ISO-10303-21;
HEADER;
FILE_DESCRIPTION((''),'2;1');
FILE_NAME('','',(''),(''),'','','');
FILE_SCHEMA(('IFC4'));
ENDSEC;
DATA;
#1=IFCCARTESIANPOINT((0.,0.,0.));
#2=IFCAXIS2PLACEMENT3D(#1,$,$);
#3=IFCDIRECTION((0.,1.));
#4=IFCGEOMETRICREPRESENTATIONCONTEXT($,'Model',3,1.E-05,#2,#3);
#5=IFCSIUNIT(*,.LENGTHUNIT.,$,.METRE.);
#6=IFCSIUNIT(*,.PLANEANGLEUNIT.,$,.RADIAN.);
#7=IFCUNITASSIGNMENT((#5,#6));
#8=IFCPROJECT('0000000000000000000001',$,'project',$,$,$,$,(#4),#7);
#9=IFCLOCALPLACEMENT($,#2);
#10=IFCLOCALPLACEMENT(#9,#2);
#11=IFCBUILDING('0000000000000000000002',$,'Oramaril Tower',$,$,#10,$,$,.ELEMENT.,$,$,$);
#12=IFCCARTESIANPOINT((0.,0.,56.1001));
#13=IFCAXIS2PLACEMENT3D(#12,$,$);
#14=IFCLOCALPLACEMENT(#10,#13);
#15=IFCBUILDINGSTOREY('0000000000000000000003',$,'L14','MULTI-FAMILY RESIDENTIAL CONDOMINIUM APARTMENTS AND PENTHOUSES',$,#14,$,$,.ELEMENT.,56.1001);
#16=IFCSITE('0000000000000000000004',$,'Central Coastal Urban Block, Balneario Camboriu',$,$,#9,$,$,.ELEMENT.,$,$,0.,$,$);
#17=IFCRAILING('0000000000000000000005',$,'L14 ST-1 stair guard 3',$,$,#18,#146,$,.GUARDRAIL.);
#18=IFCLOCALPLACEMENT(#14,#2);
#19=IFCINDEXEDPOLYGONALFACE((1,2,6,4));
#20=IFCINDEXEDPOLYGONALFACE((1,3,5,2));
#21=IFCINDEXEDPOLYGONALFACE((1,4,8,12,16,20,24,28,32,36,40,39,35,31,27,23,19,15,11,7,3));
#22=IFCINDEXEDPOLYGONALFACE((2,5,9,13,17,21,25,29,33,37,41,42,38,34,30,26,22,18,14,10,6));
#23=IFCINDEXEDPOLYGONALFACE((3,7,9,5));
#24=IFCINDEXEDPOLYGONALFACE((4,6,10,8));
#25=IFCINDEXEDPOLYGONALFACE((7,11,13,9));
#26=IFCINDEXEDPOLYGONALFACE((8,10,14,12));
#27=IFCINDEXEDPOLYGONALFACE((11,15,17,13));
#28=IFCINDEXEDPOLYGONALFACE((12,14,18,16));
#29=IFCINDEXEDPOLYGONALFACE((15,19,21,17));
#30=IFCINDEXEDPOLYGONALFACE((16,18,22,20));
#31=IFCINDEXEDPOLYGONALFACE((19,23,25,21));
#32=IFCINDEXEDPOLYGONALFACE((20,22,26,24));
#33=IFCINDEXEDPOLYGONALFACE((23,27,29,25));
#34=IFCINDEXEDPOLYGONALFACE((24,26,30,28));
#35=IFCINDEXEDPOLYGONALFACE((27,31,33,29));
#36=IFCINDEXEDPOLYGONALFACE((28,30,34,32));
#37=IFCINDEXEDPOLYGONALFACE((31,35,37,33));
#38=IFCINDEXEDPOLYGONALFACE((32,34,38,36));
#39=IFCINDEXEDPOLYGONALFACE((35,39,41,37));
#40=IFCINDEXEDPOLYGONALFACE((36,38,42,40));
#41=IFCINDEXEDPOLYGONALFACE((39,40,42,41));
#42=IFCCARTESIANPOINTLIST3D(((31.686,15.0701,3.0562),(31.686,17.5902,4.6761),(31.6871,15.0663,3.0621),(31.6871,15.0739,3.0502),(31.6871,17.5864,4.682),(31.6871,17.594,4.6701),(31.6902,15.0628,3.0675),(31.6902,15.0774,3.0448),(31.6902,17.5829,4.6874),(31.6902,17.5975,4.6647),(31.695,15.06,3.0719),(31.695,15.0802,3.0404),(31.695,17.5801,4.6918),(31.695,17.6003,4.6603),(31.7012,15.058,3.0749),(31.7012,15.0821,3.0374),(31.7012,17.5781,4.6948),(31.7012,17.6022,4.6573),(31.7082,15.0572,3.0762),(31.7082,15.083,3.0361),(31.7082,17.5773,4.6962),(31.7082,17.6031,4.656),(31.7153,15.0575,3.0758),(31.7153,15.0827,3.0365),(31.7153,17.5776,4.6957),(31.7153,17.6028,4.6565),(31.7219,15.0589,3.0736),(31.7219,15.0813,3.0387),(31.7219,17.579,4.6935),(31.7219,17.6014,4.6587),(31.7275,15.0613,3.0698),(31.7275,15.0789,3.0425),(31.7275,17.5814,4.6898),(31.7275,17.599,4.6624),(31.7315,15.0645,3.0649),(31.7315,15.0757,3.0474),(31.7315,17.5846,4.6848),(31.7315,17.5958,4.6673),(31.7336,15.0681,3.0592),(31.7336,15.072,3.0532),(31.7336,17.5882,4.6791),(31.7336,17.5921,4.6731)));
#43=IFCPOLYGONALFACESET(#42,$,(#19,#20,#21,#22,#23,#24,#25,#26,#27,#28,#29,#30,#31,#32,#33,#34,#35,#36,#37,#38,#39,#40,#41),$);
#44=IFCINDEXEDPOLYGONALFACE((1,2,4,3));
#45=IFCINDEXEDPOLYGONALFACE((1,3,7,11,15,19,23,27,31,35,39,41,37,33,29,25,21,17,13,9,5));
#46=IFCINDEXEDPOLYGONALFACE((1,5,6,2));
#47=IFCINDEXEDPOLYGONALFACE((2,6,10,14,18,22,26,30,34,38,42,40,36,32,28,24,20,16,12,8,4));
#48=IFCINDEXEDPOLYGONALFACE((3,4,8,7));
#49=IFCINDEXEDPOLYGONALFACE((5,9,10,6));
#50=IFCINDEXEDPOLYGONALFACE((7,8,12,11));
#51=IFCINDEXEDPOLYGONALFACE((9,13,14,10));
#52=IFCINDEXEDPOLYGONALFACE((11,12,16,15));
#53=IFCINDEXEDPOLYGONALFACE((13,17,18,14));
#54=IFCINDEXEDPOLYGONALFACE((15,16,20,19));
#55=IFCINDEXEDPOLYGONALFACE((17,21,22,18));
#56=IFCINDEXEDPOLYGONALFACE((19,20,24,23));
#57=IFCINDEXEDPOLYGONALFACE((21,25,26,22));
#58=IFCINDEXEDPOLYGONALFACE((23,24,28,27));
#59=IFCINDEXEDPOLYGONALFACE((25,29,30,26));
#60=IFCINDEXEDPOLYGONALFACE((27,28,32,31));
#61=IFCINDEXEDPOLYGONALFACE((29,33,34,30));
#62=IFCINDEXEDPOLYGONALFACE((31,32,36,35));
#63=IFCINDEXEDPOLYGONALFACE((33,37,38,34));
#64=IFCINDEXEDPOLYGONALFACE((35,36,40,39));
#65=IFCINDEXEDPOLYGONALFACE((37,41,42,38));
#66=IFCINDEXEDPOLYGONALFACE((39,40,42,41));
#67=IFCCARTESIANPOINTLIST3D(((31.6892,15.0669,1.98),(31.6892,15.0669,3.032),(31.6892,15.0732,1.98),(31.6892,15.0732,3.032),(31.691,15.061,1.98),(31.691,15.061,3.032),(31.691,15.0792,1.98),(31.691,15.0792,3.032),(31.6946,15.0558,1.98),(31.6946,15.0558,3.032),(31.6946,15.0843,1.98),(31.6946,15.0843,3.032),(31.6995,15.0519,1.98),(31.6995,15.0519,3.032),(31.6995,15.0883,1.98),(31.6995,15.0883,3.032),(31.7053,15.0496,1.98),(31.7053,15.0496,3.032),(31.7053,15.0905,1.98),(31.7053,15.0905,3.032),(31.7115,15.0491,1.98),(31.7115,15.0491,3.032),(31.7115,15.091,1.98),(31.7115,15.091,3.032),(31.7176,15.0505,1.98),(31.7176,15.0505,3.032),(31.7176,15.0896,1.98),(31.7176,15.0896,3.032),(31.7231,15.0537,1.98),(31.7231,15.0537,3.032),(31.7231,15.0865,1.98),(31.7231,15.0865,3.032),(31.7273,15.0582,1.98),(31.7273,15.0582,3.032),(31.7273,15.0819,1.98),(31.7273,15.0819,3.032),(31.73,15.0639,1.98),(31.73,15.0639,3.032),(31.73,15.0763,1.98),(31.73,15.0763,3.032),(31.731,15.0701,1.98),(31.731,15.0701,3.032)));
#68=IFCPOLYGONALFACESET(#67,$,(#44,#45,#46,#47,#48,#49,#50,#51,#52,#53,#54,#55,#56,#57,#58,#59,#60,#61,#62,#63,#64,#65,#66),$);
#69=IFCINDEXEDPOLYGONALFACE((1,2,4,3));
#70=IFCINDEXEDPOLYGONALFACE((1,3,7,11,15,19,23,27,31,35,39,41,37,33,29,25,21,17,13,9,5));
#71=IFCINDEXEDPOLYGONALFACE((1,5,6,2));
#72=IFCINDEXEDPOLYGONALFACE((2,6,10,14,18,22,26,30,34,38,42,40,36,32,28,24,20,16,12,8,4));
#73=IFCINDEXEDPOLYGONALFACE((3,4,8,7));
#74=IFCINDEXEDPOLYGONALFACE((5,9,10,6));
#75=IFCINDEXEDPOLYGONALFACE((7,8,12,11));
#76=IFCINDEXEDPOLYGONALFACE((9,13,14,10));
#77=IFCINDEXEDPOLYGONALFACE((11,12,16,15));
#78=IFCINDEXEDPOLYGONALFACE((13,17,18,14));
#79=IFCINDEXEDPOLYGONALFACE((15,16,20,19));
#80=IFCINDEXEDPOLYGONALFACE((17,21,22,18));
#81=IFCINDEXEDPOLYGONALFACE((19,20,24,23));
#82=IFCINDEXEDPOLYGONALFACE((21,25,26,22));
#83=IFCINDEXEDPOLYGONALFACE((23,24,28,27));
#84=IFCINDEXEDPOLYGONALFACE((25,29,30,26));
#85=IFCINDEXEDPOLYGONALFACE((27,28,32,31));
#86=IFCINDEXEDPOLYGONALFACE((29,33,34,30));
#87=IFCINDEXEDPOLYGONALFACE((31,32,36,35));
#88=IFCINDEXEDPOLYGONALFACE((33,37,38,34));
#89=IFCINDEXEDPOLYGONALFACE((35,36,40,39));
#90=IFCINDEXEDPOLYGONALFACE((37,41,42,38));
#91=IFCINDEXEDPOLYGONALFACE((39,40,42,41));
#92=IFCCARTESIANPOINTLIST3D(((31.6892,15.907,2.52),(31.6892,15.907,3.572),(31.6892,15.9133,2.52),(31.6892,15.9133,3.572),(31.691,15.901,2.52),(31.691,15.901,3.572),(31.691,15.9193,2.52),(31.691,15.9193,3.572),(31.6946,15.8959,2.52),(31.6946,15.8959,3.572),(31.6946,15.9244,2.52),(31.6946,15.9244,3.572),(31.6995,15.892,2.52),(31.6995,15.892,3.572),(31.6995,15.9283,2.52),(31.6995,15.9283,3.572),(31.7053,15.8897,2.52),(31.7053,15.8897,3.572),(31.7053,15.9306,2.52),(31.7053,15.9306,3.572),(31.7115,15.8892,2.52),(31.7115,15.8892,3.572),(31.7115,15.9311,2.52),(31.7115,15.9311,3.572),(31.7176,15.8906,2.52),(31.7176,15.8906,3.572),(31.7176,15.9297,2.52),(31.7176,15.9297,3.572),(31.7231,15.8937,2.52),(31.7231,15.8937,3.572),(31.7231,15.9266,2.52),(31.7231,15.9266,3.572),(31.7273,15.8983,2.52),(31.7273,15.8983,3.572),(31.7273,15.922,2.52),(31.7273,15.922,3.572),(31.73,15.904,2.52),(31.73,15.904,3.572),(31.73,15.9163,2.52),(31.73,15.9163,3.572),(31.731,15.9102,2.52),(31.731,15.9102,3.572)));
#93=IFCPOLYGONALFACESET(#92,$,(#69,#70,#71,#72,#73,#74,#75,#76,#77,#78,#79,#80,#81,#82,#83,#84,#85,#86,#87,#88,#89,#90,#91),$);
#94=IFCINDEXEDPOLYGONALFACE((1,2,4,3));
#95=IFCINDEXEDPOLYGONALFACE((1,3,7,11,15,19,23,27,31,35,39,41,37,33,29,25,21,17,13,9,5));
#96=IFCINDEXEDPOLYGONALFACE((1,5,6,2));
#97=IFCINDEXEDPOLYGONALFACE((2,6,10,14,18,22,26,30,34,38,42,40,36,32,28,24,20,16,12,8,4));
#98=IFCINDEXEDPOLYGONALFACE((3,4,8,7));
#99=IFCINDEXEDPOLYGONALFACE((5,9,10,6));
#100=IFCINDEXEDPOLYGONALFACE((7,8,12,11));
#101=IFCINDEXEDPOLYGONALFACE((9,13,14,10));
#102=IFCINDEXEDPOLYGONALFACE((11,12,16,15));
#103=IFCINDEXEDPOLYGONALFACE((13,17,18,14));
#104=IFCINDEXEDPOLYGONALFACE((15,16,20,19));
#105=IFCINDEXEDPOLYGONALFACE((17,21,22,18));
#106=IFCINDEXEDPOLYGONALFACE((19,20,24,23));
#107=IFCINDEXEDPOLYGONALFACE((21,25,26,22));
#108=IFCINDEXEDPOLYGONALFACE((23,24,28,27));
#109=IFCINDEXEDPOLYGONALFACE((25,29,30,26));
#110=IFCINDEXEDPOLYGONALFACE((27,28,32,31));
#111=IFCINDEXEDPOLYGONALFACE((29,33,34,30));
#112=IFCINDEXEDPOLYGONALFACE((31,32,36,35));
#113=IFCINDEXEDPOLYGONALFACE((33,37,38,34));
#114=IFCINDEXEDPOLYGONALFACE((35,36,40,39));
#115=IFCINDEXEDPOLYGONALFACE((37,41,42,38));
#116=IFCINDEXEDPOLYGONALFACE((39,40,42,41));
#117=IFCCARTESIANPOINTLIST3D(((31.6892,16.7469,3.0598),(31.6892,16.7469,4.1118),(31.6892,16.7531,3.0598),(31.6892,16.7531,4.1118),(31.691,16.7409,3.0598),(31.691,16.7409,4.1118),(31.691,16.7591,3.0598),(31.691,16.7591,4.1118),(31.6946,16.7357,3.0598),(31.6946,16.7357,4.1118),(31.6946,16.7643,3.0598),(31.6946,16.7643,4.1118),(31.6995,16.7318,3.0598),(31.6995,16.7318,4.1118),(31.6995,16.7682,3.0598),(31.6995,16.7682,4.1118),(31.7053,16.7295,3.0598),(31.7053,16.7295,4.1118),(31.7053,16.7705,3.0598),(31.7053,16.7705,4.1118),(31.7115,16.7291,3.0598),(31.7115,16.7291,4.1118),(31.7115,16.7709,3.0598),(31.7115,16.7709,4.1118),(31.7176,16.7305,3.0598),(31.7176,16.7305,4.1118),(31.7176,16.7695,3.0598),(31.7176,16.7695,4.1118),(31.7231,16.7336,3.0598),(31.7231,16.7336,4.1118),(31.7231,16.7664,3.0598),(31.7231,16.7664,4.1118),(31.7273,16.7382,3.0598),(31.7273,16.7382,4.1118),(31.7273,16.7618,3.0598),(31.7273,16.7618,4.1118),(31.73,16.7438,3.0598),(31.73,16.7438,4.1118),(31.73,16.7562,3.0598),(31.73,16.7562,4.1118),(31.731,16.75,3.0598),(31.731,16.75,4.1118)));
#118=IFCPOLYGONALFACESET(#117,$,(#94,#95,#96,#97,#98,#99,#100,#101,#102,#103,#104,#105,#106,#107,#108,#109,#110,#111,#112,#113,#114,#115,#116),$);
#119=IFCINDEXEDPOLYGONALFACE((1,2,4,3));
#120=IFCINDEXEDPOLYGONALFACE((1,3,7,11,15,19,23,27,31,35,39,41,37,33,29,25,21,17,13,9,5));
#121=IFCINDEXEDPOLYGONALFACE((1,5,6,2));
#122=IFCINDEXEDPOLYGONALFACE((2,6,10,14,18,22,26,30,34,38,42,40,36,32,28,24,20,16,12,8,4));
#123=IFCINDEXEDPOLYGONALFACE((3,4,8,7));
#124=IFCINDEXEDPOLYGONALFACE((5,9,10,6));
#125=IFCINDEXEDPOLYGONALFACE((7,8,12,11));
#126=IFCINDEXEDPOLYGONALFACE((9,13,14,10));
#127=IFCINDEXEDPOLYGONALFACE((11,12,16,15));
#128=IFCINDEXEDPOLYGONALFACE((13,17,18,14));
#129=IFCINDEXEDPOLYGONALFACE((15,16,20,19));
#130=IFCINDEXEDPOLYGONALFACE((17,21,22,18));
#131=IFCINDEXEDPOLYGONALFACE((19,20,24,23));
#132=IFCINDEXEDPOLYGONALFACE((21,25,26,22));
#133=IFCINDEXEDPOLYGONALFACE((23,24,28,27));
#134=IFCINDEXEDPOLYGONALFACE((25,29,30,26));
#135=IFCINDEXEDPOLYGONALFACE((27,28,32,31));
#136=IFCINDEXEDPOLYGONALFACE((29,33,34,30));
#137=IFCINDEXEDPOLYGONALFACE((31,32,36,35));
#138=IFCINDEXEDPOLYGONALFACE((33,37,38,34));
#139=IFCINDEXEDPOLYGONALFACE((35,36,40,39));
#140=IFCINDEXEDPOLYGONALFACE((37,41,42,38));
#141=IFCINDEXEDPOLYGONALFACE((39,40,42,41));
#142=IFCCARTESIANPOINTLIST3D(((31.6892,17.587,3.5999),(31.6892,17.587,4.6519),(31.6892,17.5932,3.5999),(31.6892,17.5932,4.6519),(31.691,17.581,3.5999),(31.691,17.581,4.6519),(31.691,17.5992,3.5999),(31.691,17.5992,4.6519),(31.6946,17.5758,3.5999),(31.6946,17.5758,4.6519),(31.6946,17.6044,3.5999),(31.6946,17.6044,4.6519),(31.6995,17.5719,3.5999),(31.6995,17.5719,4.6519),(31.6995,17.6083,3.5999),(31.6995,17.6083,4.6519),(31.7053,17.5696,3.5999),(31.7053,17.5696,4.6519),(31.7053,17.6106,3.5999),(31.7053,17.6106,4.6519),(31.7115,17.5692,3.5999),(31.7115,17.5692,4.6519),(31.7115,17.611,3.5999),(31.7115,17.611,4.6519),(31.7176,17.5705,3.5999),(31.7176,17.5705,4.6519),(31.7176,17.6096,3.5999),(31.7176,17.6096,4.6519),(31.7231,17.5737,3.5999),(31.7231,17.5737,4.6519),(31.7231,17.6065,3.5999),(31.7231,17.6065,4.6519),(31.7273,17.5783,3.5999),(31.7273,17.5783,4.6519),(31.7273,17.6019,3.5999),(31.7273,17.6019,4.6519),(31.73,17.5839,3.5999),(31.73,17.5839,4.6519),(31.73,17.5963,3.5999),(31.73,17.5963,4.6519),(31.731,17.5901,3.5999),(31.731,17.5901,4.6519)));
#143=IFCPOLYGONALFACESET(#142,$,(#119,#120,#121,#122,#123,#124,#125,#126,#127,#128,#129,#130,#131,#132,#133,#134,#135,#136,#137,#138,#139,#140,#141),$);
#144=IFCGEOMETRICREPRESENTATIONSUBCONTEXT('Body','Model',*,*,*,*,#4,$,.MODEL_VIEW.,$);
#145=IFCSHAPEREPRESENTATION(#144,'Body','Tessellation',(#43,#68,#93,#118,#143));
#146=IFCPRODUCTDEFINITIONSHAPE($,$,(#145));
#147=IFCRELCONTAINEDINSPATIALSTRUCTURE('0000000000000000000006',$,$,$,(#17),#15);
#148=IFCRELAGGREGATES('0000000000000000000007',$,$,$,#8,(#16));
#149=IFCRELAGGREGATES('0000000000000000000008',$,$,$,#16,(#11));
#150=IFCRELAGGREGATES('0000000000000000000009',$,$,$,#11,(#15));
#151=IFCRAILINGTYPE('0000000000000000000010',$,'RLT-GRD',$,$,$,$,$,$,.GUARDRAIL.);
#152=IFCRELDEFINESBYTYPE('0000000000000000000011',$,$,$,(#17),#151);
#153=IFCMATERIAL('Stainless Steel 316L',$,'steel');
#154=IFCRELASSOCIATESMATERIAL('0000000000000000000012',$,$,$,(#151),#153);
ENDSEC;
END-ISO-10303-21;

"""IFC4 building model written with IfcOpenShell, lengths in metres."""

from ifc_helpers import new_model, si_unit, direction, frame, origin, origin_2d, place, context, subcontext, project, spatial, circle, extrude, material, type_object, element, save


model = new_model("IFC4")

# Units and contexts
model_context = context("Model", 3, precision=1e-05, world=origin(), true_north=direction((0.0, 1.0)))
body_context = subcontext(model_context, "Body", "Model", "MODEL_VIEW")
ifc_project = project(units=[si_unit("LENGTHUNIT", "METRE"), si_unit("PLANEANGLEUNIT", "RADIAN")], contexts=[model_context])

# Site, building, storey
site_placement = place(None, origin())
site = spatial("IfcSite", under=ifc_project, at=site_placement, Name="Central Coastal Urban Block, Balneario Camboriu", CompositionType="ELEMENT", RefElevation=0.0)
building_placement = place(site_placement, origin())
building = spatial("IfcBuilding", under=site, at=building_placement, Name="Oramaril Tower", CompositionType="ELEMENT")
storey_placement = place(building_placement, frame((0.0, 0.0, 56.1001)))
storey = spatial("IfcBuildingStorey", under=building, at=storey_placement, Name="L14", Description="MULTI-FAMILY RESIDENTIAL CONDOMINIUM APARTMENTS AND PENTHOUSES", CompositionType="ELEMENT", Elevation=56.1001)

# Railing
ifc_material_1 = material(Name="Stainless Steel 316L", Category="steel")
railing_type_1 = type_object("IfcRailingType", Name="RLT-GRD", PredefinedType="GUARDRAIL", material=ifc_material_1)
railing_1_placement = place(storey_placement, frame((31.71, 15.0701, 1.98)))
element("IfcRailing", 1, at=railing_1_placement, inside=storey, type_object=railing_type_1, Name="L14 ST-1 stair guard 3", PredefinedType="GUARDRAIL", context=body_context, shape_type="SweptSolid", body=[
    extrude(circle(Radius=0.0239, at=origin_2d()), frame((0.0, 0.0, 1.0762), z_axis=(0.0, 0.8412, 0.540725), x_axis=(-1.0, 0.0, 0.0)), (0.0, 0.0, 1.0), 2.9958),
    extrude(circle(Radius=0.021, at=origin_2d()), origin(), (0.0, 0.0, 1.0), 1.052),
    extrude(circle(Radius=0.021, at=origin_2d()), frame((0.0, 0.8401, 0.54)), (0.0, 0.0, 1.0), 1.052),
    extrude(circle(Radius=0.021, at=origin_2d()), frame((0.0, 1.6799, 1.0798)), (0.0, 0.0, 1.0), 1.052),
    extrude(circle(Radius=0.021, at=origin_2d()), frame((0.0, 2.52, 1.6199)), (0.0, 0.0, 1.0), 1.052),
])

save(model, "model.ifc")
